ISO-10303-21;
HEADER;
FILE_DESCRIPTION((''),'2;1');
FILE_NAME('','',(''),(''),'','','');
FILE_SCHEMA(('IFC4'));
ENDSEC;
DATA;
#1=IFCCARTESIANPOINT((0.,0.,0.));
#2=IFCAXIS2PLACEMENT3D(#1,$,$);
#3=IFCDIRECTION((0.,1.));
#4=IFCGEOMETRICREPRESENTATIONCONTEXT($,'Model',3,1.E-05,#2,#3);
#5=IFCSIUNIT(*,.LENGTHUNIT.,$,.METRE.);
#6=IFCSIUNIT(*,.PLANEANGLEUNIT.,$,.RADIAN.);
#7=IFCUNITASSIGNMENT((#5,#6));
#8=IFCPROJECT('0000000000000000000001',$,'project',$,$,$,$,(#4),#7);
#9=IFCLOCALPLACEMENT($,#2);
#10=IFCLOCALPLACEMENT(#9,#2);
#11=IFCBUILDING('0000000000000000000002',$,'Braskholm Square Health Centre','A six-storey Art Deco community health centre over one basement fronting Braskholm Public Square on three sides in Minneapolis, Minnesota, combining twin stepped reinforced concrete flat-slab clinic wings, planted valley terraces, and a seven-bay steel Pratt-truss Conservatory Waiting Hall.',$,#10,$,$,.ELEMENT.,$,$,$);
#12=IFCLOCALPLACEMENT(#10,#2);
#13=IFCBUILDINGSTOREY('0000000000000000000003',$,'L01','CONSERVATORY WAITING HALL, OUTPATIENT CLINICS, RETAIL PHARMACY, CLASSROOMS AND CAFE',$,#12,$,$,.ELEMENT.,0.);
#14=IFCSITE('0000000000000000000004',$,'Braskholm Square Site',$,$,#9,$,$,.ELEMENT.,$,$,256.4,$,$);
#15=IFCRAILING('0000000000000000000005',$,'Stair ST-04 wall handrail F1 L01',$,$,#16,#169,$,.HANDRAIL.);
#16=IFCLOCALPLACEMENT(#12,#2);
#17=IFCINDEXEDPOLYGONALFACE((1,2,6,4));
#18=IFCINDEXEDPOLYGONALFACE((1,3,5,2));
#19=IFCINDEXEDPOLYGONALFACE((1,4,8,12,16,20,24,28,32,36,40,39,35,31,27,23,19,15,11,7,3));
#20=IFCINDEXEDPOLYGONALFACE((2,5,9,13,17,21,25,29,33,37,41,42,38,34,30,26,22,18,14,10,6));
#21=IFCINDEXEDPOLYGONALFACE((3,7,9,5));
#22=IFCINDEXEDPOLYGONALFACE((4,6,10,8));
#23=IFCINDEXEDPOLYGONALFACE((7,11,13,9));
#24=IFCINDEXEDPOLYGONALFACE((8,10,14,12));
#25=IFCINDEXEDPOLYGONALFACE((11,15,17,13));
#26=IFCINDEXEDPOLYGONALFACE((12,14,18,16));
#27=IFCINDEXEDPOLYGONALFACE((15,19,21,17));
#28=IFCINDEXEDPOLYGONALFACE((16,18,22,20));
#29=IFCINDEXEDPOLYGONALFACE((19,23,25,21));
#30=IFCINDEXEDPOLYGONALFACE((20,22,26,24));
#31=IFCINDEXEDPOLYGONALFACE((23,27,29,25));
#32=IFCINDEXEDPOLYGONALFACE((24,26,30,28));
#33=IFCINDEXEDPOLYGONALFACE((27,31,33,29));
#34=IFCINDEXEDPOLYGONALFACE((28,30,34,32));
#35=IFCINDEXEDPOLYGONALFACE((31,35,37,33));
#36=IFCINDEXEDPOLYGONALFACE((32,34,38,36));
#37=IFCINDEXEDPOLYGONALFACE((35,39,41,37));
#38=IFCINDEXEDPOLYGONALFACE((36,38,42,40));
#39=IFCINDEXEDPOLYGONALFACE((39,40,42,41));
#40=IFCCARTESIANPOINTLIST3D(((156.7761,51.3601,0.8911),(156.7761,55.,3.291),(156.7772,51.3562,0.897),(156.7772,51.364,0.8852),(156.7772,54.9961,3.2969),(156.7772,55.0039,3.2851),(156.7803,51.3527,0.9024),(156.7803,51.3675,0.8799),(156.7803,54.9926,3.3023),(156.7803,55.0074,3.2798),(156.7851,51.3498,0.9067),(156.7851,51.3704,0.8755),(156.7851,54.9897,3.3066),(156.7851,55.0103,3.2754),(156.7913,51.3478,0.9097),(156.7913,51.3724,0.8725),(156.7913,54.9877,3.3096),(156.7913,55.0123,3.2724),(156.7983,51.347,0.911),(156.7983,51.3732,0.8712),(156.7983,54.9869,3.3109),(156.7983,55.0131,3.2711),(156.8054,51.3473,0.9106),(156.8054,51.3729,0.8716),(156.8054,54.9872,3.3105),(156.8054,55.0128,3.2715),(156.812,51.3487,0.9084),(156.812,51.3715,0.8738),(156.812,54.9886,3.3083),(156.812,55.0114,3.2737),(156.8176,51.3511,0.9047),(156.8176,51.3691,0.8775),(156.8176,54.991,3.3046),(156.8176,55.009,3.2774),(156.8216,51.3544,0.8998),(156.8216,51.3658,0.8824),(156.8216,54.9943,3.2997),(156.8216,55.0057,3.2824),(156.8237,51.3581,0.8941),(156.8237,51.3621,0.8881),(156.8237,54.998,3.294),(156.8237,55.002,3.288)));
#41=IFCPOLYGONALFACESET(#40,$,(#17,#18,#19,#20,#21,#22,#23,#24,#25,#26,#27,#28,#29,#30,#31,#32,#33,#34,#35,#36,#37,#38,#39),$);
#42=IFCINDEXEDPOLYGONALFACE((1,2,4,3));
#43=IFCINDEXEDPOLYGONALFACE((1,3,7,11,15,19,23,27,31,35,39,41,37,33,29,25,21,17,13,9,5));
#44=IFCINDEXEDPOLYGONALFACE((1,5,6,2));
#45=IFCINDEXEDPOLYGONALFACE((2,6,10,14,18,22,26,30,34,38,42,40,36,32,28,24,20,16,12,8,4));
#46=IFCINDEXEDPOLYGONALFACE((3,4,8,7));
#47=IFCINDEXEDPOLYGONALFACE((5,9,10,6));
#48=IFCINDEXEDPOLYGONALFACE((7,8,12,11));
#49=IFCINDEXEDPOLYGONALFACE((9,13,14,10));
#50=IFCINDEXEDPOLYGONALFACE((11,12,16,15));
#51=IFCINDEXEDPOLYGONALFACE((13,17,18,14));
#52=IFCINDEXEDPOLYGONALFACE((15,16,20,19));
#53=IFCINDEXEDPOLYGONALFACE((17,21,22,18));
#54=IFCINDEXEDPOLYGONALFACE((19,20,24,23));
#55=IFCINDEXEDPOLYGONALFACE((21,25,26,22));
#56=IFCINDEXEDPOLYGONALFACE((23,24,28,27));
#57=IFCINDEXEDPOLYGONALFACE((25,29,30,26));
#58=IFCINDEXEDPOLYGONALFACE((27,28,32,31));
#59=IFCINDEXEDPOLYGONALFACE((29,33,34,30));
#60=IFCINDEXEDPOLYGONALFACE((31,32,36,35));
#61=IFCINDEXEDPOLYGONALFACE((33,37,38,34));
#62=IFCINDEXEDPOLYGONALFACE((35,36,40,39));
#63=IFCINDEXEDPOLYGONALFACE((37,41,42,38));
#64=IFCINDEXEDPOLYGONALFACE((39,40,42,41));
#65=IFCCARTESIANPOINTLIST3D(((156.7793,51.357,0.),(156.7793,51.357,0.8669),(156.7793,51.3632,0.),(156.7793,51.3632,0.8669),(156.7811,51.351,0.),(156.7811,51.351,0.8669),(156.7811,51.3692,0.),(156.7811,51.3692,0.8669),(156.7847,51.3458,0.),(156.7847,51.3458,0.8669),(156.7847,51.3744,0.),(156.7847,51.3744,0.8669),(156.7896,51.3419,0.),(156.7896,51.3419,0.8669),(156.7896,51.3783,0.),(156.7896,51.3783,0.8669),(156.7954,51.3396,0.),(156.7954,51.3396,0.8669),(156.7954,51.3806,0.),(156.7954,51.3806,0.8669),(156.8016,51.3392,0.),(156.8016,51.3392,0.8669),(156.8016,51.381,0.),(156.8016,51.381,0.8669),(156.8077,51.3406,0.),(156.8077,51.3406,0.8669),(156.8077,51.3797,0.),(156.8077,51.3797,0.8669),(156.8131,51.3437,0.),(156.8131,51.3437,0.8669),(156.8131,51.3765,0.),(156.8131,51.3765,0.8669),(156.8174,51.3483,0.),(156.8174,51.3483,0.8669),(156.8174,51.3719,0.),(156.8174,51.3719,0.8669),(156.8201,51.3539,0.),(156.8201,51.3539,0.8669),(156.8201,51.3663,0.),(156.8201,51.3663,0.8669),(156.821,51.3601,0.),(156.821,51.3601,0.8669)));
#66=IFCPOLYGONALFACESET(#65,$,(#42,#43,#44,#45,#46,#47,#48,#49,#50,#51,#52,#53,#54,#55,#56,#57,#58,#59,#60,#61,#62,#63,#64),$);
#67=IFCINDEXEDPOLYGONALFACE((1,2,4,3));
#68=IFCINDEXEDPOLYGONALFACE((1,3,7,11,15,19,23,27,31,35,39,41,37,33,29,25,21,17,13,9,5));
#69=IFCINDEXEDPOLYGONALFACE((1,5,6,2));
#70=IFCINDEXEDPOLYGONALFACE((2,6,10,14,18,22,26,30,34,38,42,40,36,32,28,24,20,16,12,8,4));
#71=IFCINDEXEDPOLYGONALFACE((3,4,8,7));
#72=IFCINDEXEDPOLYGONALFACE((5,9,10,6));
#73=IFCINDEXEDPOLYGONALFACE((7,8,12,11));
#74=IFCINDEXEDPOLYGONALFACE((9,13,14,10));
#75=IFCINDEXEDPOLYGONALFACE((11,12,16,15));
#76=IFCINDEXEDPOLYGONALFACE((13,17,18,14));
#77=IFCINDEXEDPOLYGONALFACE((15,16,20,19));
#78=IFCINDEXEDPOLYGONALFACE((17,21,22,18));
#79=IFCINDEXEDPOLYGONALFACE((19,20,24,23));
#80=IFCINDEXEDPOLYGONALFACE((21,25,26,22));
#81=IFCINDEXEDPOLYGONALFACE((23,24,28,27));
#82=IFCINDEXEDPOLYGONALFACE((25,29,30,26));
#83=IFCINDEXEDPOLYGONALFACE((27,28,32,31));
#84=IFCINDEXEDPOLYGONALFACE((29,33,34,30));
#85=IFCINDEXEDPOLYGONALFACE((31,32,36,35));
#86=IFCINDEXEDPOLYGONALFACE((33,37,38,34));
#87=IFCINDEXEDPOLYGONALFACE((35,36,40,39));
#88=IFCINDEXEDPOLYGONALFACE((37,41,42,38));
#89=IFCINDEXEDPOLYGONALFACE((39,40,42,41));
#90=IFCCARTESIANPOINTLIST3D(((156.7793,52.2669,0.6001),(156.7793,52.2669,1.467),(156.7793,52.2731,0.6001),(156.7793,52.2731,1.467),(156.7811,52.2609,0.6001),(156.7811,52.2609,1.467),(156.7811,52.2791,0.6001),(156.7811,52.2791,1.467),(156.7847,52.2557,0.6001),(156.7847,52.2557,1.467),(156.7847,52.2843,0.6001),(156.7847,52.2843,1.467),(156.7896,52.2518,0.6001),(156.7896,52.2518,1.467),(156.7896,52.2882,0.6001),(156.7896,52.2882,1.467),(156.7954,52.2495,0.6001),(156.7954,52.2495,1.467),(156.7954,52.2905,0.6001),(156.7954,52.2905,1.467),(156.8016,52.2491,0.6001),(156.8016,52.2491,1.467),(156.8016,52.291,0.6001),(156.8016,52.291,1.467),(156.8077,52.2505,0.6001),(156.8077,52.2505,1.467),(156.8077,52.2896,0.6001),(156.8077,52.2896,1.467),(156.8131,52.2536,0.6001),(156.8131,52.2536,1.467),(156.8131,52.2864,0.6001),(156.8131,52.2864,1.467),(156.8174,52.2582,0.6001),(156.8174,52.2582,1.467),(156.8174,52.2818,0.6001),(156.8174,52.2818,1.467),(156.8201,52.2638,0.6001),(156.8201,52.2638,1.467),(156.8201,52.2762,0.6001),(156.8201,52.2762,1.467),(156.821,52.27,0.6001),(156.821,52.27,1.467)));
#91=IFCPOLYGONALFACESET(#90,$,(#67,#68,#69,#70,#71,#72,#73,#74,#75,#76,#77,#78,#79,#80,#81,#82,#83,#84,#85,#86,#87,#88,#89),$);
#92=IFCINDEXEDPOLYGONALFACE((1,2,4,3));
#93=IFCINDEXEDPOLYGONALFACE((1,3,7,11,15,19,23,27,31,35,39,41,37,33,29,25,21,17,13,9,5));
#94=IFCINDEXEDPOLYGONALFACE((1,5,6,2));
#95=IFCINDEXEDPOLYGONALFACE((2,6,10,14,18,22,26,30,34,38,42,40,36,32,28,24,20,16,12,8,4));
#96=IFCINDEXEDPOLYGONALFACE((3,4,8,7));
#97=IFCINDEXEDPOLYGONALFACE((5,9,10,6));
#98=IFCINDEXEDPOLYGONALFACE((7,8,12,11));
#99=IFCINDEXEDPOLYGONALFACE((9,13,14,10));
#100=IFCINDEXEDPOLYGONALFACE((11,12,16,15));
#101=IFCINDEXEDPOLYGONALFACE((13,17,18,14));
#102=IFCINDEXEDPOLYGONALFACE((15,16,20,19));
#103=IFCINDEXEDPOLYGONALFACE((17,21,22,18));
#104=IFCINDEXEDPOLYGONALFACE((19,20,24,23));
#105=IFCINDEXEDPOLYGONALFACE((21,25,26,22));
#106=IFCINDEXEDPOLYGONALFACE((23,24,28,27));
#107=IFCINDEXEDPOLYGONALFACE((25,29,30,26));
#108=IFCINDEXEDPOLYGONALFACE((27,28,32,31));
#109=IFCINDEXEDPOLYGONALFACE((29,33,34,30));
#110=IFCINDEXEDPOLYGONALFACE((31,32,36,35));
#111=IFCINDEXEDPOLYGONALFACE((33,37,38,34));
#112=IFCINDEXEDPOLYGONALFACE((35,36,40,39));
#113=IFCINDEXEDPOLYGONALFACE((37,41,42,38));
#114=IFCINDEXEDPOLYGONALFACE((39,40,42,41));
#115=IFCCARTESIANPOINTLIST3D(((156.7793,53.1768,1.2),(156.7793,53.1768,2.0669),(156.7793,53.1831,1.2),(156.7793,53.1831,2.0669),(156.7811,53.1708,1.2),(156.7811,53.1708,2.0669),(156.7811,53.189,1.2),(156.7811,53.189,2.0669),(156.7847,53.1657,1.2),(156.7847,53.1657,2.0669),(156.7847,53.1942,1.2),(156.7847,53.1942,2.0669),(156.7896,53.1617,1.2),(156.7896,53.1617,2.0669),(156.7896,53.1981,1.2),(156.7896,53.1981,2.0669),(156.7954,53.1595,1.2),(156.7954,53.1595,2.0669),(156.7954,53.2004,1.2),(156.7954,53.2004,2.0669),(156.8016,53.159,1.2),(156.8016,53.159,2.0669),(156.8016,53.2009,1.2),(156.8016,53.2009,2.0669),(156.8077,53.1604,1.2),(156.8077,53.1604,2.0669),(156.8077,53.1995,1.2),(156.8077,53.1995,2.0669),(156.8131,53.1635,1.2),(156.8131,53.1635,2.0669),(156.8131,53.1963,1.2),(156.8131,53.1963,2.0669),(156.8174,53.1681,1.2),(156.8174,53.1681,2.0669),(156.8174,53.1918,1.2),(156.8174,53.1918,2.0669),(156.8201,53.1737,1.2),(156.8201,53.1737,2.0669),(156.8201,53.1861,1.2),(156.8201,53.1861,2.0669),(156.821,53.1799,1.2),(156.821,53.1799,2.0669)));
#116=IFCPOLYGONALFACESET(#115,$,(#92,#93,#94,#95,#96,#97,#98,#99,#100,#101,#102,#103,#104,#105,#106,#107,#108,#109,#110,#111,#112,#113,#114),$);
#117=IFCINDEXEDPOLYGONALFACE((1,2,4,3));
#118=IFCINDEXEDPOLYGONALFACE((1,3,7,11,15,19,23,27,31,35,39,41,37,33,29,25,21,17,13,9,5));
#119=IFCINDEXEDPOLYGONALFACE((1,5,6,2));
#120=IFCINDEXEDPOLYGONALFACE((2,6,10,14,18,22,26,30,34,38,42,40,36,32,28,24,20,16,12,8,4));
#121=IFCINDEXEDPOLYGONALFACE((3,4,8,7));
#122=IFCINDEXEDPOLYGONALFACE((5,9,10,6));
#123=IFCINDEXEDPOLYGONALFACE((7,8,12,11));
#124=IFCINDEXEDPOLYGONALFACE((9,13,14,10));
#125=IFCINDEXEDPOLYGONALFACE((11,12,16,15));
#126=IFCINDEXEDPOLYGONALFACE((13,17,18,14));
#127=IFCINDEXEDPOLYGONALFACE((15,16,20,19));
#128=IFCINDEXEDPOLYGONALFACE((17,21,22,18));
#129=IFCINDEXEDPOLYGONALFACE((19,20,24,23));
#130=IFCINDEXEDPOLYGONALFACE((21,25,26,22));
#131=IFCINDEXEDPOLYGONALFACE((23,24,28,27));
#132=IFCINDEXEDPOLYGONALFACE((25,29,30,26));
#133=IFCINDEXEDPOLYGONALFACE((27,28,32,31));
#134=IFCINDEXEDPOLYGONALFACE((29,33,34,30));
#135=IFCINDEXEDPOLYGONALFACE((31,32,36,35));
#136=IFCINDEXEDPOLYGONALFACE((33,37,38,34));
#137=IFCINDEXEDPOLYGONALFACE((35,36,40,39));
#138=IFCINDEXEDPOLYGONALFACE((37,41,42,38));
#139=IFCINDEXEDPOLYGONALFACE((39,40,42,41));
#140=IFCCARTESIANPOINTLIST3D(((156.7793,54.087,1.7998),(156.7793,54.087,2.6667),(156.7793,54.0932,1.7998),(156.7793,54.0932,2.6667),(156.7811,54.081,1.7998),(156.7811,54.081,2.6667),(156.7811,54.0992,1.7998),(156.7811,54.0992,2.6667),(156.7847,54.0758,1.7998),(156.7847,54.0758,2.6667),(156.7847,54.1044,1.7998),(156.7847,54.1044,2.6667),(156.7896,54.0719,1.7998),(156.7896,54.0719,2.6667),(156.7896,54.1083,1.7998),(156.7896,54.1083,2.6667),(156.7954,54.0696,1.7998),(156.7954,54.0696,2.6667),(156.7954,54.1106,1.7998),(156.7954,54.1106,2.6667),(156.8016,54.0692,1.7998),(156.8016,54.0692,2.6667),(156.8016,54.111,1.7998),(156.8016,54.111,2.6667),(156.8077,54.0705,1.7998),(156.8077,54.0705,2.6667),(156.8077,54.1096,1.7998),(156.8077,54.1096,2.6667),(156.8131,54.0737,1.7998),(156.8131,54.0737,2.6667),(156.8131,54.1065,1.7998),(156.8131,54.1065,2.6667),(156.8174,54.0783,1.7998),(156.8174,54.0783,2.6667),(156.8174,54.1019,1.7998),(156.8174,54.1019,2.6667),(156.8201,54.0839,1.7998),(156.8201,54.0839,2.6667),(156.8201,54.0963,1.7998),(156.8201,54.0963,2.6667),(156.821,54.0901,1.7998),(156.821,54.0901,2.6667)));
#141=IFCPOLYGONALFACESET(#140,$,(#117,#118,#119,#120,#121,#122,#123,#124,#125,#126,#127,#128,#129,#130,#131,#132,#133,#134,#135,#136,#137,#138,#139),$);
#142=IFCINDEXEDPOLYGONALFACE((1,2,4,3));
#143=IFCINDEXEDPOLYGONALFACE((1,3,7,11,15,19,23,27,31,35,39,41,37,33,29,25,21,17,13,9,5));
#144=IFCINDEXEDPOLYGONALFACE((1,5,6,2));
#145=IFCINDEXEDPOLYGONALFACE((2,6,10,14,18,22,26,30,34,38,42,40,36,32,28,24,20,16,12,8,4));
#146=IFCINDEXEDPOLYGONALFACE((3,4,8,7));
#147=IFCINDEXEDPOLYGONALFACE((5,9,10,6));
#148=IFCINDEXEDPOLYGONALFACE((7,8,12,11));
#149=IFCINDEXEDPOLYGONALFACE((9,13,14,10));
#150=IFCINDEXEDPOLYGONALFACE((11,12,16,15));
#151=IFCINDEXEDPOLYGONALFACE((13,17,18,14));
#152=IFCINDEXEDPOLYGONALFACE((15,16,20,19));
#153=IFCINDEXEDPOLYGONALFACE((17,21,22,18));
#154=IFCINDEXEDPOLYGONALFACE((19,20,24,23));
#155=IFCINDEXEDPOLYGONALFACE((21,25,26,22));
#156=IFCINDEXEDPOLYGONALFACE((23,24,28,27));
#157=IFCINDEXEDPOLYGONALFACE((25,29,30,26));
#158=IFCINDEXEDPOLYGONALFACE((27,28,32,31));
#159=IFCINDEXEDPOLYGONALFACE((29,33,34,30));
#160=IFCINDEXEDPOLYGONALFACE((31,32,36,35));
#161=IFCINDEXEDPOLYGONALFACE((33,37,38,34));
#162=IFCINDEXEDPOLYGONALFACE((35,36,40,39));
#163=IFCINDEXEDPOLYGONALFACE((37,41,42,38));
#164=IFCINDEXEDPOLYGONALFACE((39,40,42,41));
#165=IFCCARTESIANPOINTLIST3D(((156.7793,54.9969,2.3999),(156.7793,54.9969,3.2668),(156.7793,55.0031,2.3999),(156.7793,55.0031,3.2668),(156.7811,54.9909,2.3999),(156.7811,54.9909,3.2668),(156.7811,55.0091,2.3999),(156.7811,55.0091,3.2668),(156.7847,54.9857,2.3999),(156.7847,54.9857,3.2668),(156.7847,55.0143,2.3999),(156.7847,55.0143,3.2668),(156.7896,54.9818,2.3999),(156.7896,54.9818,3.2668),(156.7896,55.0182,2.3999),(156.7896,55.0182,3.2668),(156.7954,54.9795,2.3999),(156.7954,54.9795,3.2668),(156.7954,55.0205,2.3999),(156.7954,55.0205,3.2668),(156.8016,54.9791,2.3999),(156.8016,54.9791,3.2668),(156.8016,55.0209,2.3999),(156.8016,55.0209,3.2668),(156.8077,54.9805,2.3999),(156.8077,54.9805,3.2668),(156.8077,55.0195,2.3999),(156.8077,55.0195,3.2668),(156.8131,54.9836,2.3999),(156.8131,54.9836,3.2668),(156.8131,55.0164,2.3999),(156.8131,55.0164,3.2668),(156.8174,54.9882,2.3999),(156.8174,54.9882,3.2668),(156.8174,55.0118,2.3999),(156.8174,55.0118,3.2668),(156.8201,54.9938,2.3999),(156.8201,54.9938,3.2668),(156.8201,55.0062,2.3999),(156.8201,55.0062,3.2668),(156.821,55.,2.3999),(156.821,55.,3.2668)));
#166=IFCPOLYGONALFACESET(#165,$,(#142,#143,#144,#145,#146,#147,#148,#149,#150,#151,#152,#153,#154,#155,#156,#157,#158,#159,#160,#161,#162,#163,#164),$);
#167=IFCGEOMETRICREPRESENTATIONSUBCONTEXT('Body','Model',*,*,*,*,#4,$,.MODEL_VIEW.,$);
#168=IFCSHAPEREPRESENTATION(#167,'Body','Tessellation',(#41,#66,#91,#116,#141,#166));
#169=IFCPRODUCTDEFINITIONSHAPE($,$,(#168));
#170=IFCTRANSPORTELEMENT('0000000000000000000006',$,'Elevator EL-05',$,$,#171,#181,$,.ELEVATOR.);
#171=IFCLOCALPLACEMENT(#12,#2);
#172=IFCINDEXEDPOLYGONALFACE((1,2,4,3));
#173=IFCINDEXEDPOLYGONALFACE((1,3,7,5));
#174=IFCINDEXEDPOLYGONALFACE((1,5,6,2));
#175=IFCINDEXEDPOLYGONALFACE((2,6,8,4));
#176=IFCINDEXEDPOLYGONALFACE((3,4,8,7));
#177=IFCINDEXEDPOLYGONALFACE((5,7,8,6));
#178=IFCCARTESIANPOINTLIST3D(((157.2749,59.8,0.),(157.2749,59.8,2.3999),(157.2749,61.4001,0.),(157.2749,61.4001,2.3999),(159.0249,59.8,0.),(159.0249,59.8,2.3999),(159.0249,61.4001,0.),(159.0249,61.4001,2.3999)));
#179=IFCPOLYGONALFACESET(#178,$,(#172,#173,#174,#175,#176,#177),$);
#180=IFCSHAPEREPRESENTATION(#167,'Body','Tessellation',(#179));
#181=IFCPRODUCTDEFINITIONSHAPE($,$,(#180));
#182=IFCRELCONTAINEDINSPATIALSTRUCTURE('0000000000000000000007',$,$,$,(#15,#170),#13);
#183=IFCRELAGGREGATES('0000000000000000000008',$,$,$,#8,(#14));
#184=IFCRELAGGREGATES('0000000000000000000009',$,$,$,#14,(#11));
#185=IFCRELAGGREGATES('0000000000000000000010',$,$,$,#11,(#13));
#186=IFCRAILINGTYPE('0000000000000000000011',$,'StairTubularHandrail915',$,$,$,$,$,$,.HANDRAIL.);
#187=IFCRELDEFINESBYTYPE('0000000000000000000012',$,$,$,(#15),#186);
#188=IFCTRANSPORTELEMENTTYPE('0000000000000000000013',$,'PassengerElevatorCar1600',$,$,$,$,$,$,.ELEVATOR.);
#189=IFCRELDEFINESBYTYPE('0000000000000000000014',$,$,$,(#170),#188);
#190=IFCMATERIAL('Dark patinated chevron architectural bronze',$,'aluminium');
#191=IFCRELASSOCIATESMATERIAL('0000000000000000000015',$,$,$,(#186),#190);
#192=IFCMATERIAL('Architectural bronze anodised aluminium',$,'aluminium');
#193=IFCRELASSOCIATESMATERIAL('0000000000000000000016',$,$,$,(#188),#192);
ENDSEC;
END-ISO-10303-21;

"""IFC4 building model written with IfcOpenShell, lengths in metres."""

from ifc_helpers import new_model, si_unit, direction, frame, origin, origin_2d, place, context, subcontext, project, spatial, rectangle, circle, extrude, material, type_object, element, save


model = new_model("IFC4")

# Units and contexts
model_context = context("Model", 3, precision=1e-05, world=origin(), true_north=direction((0.0, 1.0)))
body_context = subcontext(model_context, "Body", "Model", "MODEL_VIEW")
ifc_project = project(units=[si_unit("LENGTHUNIT", "METRE"), si_unit("PLANEANGLEUNIT", "RADIAN")], contexts=[model_context])

# Site, building, storey
site_placement = place(None, origin())
site = spatial("IfcSite", under=ifc_project, at=site_placement, Name="Braskholm Square Site", CompositionType="ELEMENT", RefElevation=256.4)
building_placement = place(site_placement, origin())
building = spatial("IfcBuilding", under=site, at=building_placement, Name="Braskholm Square Health Centre", Description="A six-storey Art Deco community health centre over one basement fronting Braskholm Public Square on three sides in Minneapolis, Minnesota, combining twin stepped reinforced concrete flat-slab clinic wings, planted valley terraces, and a seven-bay steel Pratt-truss Conservatory Waiting Hall.", CompositionType="ELEMENT")
storey_placement = place(building_placement, origin())
storey = spatial("IfcBuildingStorey", under=building, at=storey_placement, Name="L01", Description="CONSERVATORY WAITING HALL, OUTPATIENT CLINICS, RETAIL PHARMACY, CLASSROOMS AND CAFE", CompositionType="ELEMENT", Elevation=0.0)

# Shared definitions
ifc_material_1 = material(Name="Architectural bronze anodised aluminium", Category="aluminium")

# Shared definitions
ifc_material_2 = material(Name="Dark patinated chevron architectural bronze", Category="aluminium")

# Railing
railing_type_1 = type_object("IfcRailingType", Name="StairTubularHandrail915", PredefinedType="HANDRAIL", material=ifc_material_2)
railing_1_placement = place(storey_placement, frame((156.8, 51.3601, 0.0)))
element("IfcRailing", 1, at=railing_1_placement, inside=storey, type_object=railing_type_1, Name="Stair ST-04 wall handrail F1 L01", PredefinedType="HANDRAIL", context=body_context, shape_type="SweptSolid", body=[
    extrude(circle(Radius=0.0239, at=origin_2d()), frame((0.0, 0.0, 0.8911), z_axis=(0.0, 0.834865, 0.550454), x_axis=(-1.0, 0.0, 0.0)), (0.0, 0.0, 1.0), 4.3599),
    extrude(circle(Radius=0.021, at=origin_2d()), origin(), (0.0, 0.0, 1.0), 0.8669),
    extrude(circle(Radius=0.021, at=origin_2d()), frame((0.0, 0.9099, 0.6001)), (0.0, 0.0, 1.0), 0.8669),
    extrude(circle(Radius=0.021, at=origin_2d()), frame((0.0, 1.8198, 1.2)), (0.0, 0.0, 1.0), 0.8669),
    extrude(circle(Radius=0.021, at=origin_2d()), frame((0.0, 2.73, 1.7998)), (0.0, 0.0, 1.0), 0.8669),
    extrude(circle(Radius=0.021, at=origin_2d()), frame((0.0, 3.6399, 2.3999)), (0.0, 0.0, 1.0), 0.8669),
])

# Transport element
transport_element_type = type_object("IfcTransportElementType", Name="PassengerElevatorCar1600", PredefinedType="ELEVATOR", material=ifc_material_1)
transport_element_placement = place(storey_placement, frame((158.1499, 60.6001, 0.0), z_axis=(0.0, 0.0, 1.0), x_axis=(1.0, 0.0, 0.0)))
element("IfcTransportElement", 2, at=transport_element_placement, inside=storey, type_object=transport_element_type, Name="Elevator EL-05", PredefinedType="ELEVATOR", context=body_context, shape_type="SweptSolid", body=[
    extrude(rectangle(XDim=1.75, YDim=1.6001, at=origin_2d()), origin(), (0.0, 0.0, 1.0), 2.3999),
])

save(model, "model.ifc")
